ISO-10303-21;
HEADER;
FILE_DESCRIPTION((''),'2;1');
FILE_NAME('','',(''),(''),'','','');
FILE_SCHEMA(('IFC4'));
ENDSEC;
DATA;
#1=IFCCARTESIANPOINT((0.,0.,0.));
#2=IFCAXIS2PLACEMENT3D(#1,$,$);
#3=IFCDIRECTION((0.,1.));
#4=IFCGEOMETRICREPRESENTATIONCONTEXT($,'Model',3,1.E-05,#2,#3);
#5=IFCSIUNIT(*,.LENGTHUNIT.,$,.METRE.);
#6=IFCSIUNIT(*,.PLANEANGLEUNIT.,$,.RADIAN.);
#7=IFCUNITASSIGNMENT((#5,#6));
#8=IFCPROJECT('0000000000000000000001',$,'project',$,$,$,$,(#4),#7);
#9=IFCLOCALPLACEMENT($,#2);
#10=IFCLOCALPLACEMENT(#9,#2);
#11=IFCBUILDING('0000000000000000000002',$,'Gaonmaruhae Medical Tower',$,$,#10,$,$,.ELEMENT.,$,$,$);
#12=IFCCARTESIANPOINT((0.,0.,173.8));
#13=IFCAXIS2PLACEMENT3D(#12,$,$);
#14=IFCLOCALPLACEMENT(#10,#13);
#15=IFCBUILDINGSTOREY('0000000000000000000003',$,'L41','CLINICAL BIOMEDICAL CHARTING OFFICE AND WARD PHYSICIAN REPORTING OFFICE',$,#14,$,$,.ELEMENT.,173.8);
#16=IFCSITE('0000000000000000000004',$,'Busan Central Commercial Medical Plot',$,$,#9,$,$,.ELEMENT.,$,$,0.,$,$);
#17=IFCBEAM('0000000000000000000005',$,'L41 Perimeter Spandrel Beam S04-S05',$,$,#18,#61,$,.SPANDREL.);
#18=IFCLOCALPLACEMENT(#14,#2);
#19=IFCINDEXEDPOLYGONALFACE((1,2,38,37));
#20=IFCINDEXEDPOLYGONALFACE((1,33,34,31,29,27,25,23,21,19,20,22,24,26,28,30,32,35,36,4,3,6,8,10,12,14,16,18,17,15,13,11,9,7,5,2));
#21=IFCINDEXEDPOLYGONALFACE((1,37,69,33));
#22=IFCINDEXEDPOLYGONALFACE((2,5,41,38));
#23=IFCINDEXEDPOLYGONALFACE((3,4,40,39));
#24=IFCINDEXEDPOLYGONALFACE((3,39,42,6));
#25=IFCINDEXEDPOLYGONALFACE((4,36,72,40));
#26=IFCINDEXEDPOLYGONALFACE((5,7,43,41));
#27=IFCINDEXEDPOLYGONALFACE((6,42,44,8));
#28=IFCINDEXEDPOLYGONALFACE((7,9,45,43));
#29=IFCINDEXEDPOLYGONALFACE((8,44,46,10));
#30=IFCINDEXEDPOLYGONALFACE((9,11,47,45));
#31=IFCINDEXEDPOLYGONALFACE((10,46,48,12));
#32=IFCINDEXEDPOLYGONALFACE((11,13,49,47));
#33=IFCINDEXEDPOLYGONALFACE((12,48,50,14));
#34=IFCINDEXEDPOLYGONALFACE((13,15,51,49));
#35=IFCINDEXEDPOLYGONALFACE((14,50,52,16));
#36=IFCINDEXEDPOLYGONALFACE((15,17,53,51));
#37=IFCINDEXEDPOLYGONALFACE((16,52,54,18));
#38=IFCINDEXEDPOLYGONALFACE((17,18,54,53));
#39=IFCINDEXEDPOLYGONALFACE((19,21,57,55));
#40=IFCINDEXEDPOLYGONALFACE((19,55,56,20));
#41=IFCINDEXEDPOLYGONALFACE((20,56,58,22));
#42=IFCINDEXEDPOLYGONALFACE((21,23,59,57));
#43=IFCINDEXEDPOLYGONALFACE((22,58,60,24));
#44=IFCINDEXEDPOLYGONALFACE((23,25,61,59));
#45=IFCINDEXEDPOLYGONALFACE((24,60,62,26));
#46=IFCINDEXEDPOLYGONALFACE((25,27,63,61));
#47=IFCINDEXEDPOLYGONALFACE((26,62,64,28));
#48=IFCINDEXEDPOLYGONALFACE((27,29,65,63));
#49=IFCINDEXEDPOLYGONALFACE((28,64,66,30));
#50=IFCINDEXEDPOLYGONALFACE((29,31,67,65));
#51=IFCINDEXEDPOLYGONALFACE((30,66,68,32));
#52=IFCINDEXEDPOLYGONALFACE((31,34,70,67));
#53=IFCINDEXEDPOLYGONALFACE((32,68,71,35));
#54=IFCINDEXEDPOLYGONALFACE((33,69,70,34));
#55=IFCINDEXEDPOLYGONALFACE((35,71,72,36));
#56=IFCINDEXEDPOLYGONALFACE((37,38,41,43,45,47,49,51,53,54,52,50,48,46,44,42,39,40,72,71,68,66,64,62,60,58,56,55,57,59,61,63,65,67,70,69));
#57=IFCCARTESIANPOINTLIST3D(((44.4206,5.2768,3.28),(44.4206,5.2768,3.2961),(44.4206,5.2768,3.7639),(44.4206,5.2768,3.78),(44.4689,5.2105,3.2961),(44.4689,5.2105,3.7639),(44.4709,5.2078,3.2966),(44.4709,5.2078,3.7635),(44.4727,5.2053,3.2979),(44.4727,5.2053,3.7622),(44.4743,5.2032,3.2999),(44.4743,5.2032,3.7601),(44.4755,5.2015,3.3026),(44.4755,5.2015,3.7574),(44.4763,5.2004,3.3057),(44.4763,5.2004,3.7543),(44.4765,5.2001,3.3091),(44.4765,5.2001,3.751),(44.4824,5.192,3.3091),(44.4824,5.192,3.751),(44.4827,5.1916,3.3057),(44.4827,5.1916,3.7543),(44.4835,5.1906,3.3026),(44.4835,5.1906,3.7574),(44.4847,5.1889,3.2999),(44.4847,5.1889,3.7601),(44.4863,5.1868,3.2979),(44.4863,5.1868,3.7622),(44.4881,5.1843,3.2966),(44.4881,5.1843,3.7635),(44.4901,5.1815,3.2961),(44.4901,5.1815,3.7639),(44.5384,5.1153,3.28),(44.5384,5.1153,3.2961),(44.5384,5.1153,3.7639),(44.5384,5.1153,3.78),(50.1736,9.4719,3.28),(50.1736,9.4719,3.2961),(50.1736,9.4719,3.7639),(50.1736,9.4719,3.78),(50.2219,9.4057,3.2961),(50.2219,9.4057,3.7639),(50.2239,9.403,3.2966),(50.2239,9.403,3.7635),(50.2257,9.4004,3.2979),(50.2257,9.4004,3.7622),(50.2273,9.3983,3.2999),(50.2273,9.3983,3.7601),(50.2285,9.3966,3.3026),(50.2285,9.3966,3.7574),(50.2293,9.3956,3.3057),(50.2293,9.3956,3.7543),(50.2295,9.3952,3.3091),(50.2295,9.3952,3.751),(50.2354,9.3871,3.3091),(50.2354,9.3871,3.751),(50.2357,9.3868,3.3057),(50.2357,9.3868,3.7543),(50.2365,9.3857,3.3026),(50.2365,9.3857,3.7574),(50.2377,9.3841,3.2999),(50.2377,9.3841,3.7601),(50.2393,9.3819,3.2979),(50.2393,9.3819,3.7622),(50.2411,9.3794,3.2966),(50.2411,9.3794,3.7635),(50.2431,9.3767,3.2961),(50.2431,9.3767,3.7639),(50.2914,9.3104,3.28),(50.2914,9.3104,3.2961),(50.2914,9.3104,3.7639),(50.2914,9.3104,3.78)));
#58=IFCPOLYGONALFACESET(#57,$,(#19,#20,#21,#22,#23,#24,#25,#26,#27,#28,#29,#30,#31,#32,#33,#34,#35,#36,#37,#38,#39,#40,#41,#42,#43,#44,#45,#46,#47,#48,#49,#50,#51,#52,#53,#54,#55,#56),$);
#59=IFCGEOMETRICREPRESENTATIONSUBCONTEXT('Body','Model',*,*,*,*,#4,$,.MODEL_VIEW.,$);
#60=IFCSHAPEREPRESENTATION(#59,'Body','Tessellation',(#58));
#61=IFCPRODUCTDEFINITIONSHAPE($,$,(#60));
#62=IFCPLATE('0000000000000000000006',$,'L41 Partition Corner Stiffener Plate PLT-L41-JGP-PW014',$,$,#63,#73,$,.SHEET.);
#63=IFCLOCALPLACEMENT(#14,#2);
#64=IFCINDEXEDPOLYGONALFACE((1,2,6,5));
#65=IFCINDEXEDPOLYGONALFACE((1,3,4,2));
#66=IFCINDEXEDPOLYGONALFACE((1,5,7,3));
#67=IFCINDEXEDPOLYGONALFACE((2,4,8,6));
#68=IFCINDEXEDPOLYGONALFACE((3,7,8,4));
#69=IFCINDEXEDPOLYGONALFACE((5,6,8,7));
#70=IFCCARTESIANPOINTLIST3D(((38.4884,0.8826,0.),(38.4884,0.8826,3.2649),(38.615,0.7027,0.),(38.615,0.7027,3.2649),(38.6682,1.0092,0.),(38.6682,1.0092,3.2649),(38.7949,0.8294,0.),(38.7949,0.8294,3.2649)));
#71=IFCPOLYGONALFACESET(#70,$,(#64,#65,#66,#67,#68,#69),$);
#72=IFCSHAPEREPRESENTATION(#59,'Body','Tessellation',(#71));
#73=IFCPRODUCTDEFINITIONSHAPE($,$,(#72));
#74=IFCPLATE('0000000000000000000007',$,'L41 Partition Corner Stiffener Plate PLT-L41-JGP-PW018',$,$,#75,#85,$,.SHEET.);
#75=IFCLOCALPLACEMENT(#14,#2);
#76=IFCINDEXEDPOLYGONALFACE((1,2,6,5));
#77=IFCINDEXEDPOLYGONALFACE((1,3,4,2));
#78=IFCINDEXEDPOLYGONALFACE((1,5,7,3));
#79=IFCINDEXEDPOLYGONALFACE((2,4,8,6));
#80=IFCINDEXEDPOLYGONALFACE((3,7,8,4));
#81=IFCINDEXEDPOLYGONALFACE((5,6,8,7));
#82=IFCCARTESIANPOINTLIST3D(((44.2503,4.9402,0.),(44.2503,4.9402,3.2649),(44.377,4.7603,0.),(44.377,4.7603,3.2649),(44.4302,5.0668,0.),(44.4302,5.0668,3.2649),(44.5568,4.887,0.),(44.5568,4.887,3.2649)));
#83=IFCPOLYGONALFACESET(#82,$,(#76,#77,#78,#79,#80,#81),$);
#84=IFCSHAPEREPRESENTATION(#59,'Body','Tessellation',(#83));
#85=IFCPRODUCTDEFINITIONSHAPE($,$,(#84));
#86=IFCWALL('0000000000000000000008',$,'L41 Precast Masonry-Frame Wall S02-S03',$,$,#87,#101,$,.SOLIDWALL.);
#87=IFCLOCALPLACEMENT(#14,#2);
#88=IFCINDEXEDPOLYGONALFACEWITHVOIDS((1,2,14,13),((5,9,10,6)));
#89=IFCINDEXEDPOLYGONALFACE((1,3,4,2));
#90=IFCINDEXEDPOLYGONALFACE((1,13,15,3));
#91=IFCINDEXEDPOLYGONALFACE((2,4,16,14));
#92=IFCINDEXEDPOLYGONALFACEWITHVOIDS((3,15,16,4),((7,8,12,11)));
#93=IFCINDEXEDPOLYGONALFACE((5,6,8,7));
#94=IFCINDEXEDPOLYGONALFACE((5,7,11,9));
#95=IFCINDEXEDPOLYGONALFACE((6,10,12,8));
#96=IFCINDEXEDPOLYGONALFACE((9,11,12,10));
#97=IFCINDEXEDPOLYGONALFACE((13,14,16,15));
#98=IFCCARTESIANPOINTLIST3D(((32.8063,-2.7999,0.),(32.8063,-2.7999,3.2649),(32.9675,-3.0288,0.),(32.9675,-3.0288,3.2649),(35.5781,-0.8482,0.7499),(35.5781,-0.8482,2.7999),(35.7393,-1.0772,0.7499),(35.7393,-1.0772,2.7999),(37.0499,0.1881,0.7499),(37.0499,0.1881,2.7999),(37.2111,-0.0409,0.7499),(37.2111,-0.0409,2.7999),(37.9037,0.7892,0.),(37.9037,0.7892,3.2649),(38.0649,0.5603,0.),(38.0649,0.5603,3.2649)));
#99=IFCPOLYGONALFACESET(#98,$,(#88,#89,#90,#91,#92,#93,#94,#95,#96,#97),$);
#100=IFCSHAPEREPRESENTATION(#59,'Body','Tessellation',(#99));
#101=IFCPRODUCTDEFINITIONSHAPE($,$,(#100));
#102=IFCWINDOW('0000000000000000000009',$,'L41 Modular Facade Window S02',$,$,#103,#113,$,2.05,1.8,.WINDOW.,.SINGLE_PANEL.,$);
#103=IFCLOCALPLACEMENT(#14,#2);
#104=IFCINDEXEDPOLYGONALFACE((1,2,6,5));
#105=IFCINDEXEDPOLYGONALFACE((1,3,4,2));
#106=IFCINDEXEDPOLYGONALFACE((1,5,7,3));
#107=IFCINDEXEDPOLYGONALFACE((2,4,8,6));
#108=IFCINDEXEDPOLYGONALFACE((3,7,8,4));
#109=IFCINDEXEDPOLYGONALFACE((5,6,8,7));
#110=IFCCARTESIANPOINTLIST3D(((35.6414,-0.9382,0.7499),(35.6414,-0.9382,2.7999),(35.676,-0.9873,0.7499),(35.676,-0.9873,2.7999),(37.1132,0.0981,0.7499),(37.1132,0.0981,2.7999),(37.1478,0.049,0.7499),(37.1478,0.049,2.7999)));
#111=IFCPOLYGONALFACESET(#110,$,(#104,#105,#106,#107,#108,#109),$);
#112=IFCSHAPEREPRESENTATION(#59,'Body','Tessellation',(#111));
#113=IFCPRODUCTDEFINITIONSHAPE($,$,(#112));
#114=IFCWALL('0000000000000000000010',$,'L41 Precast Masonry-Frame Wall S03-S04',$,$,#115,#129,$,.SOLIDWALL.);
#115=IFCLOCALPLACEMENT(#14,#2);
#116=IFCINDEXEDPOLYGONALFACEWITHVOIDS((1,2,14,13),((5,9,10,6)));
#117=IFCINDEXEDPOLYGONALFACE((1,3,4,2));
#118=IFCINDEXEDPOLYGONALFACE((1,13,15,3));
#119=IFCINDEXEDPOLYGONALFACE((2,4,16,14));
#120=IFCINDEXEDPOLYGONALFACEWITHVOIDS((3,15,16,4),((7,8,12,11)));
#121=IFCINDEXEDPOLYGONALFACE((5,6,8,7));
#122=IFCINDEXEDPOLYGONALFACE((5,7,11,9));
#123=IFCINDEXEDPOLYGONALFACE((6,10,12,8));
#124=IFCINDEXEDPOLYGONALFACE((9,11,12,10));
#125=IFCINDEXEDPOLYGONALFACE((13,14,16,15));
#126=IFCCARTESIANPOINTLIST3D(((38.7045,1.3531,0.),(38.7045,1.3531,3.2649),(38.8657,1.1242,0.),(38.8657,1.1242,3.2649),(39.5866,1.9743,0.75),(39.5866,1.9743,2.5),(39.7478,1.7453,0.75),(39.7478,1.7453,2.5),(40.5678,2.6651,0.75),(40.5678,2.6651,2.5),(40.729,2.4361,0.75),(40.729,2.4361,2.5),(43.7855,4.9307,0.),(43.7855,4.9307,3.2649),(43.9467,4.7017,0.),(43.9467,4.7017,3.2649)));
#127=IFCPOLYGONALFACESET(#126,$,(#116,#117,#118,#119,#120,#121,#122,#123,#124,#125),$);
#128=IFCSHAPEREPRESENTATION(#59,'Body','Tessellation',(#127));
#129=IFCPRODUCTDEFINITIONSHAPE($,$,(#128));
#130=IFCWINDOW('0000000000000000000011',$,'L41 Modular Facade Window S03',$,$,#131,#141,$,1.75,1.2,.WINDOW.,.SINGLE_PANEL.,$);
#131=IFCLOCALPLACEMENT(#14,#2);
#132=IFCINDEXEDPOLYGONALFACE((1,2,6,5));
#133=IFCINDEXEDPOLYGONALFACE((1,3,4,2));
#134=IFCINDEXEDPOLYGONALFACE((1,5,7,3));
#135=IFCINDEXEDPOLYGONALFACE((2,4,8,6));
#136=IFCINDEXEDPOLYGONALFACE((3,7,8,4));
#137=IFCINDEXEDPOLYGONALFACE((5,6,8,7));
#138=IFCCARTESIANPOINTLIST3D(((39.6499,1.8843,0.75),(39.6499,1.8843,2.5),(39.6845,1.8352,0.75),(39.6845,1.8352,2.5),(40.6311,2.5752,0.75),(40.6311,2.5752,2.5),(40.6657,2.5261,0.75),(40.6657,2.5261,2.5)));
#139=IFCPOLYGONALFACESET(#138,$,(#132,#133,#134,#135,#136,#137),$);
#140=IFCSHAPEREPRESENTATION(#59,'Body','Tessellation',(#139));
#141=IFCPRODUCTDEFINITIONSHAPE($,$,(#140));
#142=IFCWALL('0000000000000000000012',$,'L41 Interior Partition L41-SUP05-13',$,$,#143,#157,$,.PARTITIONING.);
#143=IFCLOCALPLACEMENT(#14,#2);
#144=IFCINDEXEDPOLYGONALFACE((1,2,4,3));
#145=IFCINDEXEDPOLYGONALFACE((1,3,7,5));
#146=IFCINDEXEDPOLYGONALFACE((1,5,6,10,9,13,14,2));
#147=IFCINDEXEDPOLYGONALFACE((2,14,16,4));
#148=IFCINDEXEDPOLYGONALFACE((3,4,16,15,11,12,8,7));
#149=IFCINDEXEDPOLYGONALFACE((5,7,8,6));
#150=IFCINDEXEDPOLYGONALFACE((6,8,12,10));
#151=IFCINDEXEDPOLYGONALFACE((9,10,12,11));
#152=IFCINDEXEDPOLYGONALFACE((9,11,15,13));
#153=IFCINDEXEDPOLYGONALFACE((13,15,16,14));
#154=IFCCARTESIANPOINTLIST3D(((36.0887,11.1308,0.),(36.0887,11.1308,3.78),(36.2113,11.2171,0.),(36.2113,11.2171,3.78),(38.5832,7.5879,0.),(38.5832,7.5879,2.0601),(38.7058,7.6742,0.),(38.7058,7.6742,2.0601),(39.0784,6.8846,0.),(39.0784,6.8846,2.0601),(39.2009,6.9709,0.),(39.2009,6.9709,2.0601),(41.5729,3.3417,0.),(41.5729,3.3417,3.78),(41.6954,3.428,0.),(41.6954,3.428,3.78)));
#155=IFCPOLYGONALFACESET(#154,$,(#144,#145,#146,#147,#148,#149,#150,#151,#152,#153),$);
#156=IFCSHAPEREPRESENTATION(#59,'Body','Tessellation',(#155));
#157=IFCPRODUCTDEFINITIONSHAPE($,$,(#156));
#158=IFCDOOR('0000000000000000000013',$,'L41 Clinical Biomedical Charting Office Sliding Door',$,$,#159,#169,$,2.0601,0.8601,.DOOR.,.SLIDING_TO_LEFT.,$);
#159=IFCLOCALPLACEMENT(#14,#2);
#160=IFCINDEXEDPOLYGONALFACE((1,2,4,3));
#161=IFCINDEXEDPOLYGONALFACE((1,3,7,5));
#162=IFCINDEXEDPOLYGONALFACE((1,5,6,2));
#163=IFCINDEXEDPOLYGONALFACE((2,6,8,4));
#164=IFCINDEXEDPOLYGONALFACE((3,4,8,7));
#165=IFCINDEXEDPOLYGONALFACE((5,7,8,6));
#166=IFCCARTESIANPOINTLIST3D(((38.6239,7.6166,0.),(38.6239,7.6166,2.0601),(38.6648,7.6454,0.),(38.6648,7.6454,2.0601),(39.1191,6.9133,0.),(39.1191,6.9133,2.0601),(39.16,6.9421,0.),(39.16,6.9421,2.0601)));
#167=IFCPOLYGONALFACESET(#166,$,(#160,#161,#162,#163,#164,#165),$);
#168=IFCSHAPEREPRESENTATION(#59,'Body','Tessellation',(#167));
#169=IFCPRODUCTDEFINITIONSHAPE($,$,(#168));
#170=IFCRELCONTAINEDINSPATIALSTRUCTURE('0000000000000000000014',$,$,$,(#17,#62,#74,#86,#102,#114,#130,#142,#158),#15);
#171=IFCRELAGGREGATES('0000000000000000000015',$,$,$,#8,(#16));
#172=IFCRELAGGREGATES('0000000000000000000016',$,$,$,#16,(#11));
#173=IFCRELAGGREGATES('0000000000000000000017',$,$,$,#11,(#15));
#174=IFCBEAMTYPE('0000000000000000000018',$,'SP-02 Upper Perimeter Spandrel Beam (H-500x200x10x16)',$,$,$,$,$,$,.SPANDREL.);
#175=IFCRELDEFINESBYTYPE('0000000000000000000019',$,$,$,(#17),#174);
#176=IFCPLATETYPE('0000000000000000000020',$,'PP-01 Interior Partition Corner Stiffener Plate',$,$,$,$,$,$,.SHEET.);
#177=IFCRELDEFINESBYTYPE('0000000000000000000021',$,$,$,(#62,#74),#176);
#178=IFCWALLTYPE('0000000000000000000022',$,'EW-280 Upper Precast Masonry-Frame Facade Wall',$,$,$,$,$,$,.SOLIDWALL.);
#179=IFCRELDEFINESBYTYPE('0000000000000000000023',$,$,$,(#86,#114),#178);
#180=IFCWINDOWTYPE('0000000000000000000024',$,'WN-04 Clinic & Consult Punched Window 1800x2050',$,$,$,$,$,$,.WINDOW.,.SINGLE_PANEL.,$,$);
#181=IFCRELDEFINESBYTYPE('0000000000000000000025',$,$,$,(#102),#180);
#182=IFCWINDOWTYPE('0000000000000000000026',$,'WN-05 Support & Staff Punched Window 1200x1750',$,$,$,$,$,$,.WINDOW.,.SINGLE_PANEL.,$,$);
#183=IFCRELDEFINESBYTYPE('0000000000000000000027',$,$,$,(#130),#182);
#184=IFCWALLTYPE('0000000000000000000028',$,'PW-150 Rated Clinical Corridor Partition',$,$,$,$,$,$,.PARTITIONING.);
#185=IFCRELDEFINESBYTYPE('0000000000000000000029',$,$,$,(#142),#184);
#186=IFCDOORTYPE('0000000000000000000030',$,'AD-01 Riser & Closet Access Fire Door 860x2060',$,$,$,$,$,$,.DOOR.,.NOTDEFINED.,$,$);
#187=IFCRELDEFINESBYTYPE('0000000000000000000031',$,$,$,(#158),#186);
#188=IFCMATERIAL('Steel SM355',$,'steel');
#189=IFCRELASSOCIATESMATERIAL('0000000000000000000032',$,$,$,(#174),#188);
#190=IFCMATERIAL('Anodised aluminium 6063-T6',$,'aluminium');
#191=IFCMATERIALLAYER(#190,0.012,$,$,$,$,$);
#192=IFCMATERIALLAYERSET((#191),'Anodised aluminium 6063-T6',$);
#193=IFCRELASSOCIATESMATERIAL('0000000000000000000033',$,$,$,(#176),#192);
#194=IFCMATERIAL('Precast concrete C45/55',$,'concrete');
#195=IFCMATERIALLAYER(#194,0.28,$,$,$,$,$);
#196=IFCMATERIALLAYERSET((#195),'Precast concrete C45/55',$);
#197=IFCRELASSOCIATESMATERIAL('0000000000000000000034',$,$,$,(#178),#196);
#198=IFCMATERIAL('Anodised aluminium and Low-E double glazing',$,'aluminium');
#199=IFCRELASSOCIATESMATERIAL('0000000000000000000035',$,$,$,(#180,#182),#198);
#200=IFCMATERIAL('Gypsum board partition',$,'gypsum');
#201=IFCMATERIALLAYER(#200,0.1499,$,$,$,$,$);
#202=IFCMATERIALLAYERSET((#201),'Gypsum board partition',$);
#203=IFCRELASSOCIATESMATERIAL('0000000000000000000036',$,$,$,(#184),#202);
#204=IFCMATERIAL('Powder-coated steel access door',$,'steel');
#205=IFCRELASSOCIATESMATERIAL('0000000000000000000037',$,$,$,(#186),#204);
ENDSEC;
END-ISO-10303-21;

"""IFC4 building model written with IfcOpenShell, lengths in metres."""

from ifc_helpers import new_model, si_unit, direction, frame, frame_2d, origin, origin_2d, place, context, subcontext, project, spatial, rectangle, i_section, extrude, material, layer, layer_set, material_profile, profile_set, type_object, element, fill, save


model = new_model("IFC4")

# Units and contexts
model_context = context("Model", 3, precision=1e-05, world=origin(), true_north=direction((0.0, 1.0)))
body_context = subcontext(model_context, "Body", "Model", "MODEL_VIEW")
ifc_project = project(units=[si_unit("LENGTHUNIT", "METRE"), si_unit("PLANEANGLEUNIT", "RADIAN")], contexts=[model_context])

# Site, building, storey
site_placement = place(None, origin())
site = spatial("IfcSite", under=ifc_project, at=site_placement, Name="Busan Central Commercial Medical Plot", CompositionType="ELEMENT", RefElevation=0.0)
building_placement = place(site_placement, origin())
building = spatial("IfcBuilding", under=site, at=building_placement, Name="Gaonmaruhae Medical Tower", CompositionType="ELEMENT")
storey_placement = place(building_placement, frame((0.0, 0.0, 173.8)))
storey = spatial("IfcBuildingStorey", under=building, at=storey_placement, Name="L41", Description="CLINICAL BIOMEDICAL CHARTING OFFICE AND WARD PHYSICIAN REPORTING OFFICE", CompositionType="ELEMENT", Elevation=173.8)

# Beam
ifc_material_1 = material(Name="Steel SM355", Category="steel")
ifc_material_profile_1 = material_profile(ifc_material_1, i_section(OverallWidth=0.2, OverallDepth=0.5, WebThickness=0.01, FlangeThickness=0.0161, FilletRadius=0.0129, at=origin_2d()), Name="H-500x200x10x16")
ifc_profile_set_1 = profile_set([ifc_material_profile_1], Name="Steel SM355")
beam_type_1 = type_object("IfcBeamType", Name="SP-02 Upper Perimeter Spandrel Beam (H-500x200x10x16)", PredefinedType="SPANDREL", material=ifc_profile_set_1)
for number, where, z_axis, x_axis, name in (
    (1, (44.4795, 5.196, 3.53), (0.807993, 0.589193, 0.0), (-0.589193, 0.807993, 0.0), "L41 Perimeter Spandrel Beam S04-S05"),
):
    element("IfcBeam", number, at=place(storey_placement, frame(where, z_axis=z_axis, x_axis=x_axis)), inside=storey, type_object=beam_type_1, Name=name, PredefinedType="SPANDREL", context=body_context, shape_type="SweptSolid", body=[
        extrude(i_section(OverallWidth=0.2, OverallDepth=0.5, WebThickness=0.01, FlangeThickness=0.0161, FilletRadius=0.0129, at=origin_2d()), origin(), (0.0, 0.0, 1.0), 7.1201),
    ])

# Plates
ifc_material_2 = material(Name="Anodised aluminium 6063-T6", Category="aluminium")
ifc_layer_1 = layer(ifc_material_2, 0.012)
ifc_layer_set_1 = layer_set([ifc_layer_1], Name="Anodised aluminium 6063-T6")
plate_type = type_object("IfcPlateType", Name="PP-01 Interior Partition Corner Stiffener Plate", PredefinedType="SHEET", material=ifc_layer_set_1)
for number, where, z_axis, x_axis, name in (
    (2, (38.6416, 0.856, 0.0), (0.0, 0.0, 1.0), (-0.817628, -0.575748, 0.0), "L41 Partition Corner Stiffener Plate PLT-L41-JGP-PW014"),
    (3, (44.4036, 4.9136, 0.0), (0.0, 0.0, 1.0), (-0.817668, -0.57569, 0.0), "L41 Partition Corner Stiffener Plate PLT-L41-JGP-PW018"),
):
    element("IfcPlate", number, at=place(storey_placement, frame(where, z_axis=z_axis, x_axis=x_axis)), inside=storey, type_object=plate_type, Name=name, PredefinedType="SHEET", context=body_context, shape_type="SweptSolid", body=[
        extrude(rectangle(XDim=0.22, YDim=0.22, at=origin_2d()), origin(), (0.0, 0.0, 1.0), 3.2649),
    ])

# Walls, openings, windows
ifc_material_3 = material(Name="Precast concrete C45/55", Category="concrete")
ifc_layer_2 = layer(ifc_material_3, 0.28)
ifc_layer_set_2 = layer_set([ifc_layer_2], Name="Precast concrete C45/55")
wall_type_1 = type_object("IfcWallType", Name="EW-280 Upper Precast Masonry-Frame Facade Wall", PredefinedType="SOLIDWALL", material=ifc_layer_set_2)
wall_1_placement = place(storey_placement, frame((37.9844, 0.6748, 0.0), z_axis=(0.0, 0.0, 1.0), x_axis=(-0.817652, -0.575713, 0.0)))
wall_1 = element("IfcWall", 4, at=wall_1_placement, inside=storey, type_object=wall_type_1, Name="L41 Precast Masonry-Frame Wall S02-S03", PredefinedType="SOLIDWALL", context=body_context, shape_type="SweptSolid", body=[
    extrude(rectangle(XDim=6.2341, YDim=0.28, at=frame_2d((3.1172, 0.0))), origin(), (0.0, 0.0, 1.0), 3.2649),
])
opening_1_placement = place(wall_1_placement, frame((1.0444, 0.0, 0.75)))
opening_1 = element("IfcOpeningElement", 5, at=opening_1_placement, cuts=wall_1, PredefinedType="OPENING", context=body_context, shape_type="SweptSolid", body=[
    extrude(rectangle(XDim=1.8, YDim=2.05, at=frame_2d((0.8999, 1.0249))), frame((0.0, 0.1499, 0.0), z_axis=(0.0, -1.0, 0.0), x_axis=(1.0, 0.0, 0.0)), (0.0, 0.0, 1.0), 0.3),
])
ifc_material_4 = material(Name="Anodised aluminium and Low-E double glazing", Category="aluminium")
window_type_1 = type_object("IfcWindowType", Name="WN-04 Clinic & Consult Punched Window 1800x2050", PartitioningType="SINGLE_PANEL", PredefinedType="WINDOW", material=ifc_material_4)
window_1_placement = place(opening_1_placement, origin())
window_1 = element("IfcWindow", 6, at=window_1_placement, inside=storey, type_object=window_type_1, Name="L41 Modular Facade Window S02", OverallHeight=2.05, OverallWidth=1.8, PartitioningType="SINGLE_PANEL", PredefinedType="WINDOW", context=body_context, shape_type="SweptSolid", body=[
    extrude(rectangle(XDim=1.8, YDim=2.05, at=frame_2d((0.8999, 1.0249))), frame((0.0, 0.03, 0.0), z_axis=(0.0, -1.0, 0.0), x_axis=(1.0, 0.0, 0.0)), (0.0, 0.0, 1.0), 0.0601),
])
fill(opening_1, window_1)
wall_2_placement = place(storey_placement, frame((43.866, 4.8162, 0.0), z_axis=(0.0, 0.0, 1.0), x_axis=(-0.817649, -0.575717, 0.0)))
wall_2 = element("IfcWall", 7, at=wall_2_placement, inside=storey, type_object=wall_type_1, Name="L41 Precast Masonry-Frame Wall S03-S04", PredefinedType="SOLIDWALL", context=body_context, shape_type="SweptSolid", body=[
    extrude(rectangle(XDim=6.2141, YDim=0.28, at=frame_2d((3.1069, 0.0))), origin(), (0.0, 0.0, 1.0), 3.2649),
])
opening_2_placement = place(wall_2_placement, frame((3.9351, 0.0, 0.75)))
opening_2 = element("IfcOpeningElement", 8, at=opening_2_placement, cuts=wall_2, PredefinedType="OPENING", context=body_context, shape_type="SweptSolid", body=[
    extrude(rectangle(XDim=1.2, YDim=1.75, at=frame_2d((0.6001, 0.875))), frame((0.0, 0.1499, 0.0), z_axis=(0.0, -1.0, 0.0), x_axis=(1.0, 0.0, 0.0)), (0.0, 0.0, 1.0), 0.3),
])
window_type_2 = type_object("IfcWindowType", Name="WN-05 Support & Staff Punched Window 1200x1750", PartitioningType="SINGLE_PANEL", PredefinedType="WINDOW", material=ifc_material_4)
window_2_placement = place(opening_2_placement, origin())
window_2 = element("IfcWindow", 9, at=window_2_placement, inside=storey, type_object=window_type_2, Name="L41 Modular Facade Window S03", OverallHeight=1.75, OverallWidth=1.2, PartitioningType="SINGLE_PANEL", PredefinedType="WINDOW", context=body_context, shape_type="SweptSolid", body=[
    extrude(rectangle(XDim=1.2, YDim=1.75, at=frame_2d((0.6001, 0.875))), frame((0.0, 0.03, 0.0), z_axis=(0.0, -1.0, 0.0), x_axis=(1.0, 0.0, 0.0)), (0.0, 0.0, 1.0), 0.0601),
])
fill(opening_2, window_2)

# Wall, opening, door
ifc_material_5 = material(Name="Gypsum board partition", Category="gypsum")
ifc_layer_3 = layer(ifc_material_5, 0.1499)
ifc_layer_set_3 = layer_set([ifc_layer_3], Name="Gypsum board partition")
wall_type_2 = type_object("IfcWallType", Name="PW-150 Rated Clinical Corridor Partition", PredefinedType="PARTITIONING", material=ifc_layer_set_3)
wall_3_placement = place(storey_placement, frame((36.1499, 11.1741, 0.0), z_axis=(0.0, 0.0, 1.0), x_axis=(0.5757, -0.817661, 0.0)))
wall_3 = element("IfcWall", 10, at=wall_3_placement, inside=storey, type_object=wall_type_2, Name="L41 Interior Partition L41-SUP05-13", PredefinedType="PARTITIONING", context=body_context, shape_type="SweptSolid", body=[
    extrude(rectangle(XDim=9.5261, YDim=0.1499, at=frame_2d((4.7632, 0.0))), origin(), (0.0, 0.0, 1.0), 3.78),
])
opening_3_placement = place(wall_3_placement, frame((4.333, 0.0, 0.0)))
opening_3 = element("IfcOpeningElement", 11, at=opening_3_placement, cuts=wall_3, PredefinedType="OPENING", context=body_context, shape_type="SweptSolid", body=[
    extrude(rectangle(XDim=0.8601, YDim=2.0601, at=frame_2d((0.4302, 1.03))), frame((0.0, 0.085, 0.0), z_axis=(0.0, -1.0, 0.0), x_axis=(1.0, 0.0, 0.0)), (0.0, 0.0, 1.0), 0.1699),
])
ifc_material_6 = material(Name="Powder-coated steel access door", Category="steel")
door_type_1 = type_object("IfcDoorType", Name="AD-01 Riser & Closet Access Fire Door 860x2060", OperationType="NOTDEFINED", PredefinedType="DOOR", material=ifc_material_6)
door_1_placement = place(opening_3_placement, origin())
door_1 = element("IfcDoor", 12, at=door_1_placement, inside=storey, type_object=door_type_1, Name="L41 Clinical Biomedical Charting Office Sliding Door", OperationType="SLIDING_TO_LEFT", OverallHeight=2.0601, OverallWidth=0.8601, PredefinedType="DOOR", context=body_context, shape_type="SweptSolid", body=[
    extrude(rectangle(XDim=0.8601, YDim=2.0601, at=frame_2d((0.4302, 1.03))), frame((0.0, 0.0249, 0.0), z_axis=(0.0, -1.0, 0.0), x_axis=(1.0, 0.0, 0.0)), (0.0, 0.0, 1.0), 0.05),
])
fill(opening_3, door_1)

save(model, "model.ifc")
